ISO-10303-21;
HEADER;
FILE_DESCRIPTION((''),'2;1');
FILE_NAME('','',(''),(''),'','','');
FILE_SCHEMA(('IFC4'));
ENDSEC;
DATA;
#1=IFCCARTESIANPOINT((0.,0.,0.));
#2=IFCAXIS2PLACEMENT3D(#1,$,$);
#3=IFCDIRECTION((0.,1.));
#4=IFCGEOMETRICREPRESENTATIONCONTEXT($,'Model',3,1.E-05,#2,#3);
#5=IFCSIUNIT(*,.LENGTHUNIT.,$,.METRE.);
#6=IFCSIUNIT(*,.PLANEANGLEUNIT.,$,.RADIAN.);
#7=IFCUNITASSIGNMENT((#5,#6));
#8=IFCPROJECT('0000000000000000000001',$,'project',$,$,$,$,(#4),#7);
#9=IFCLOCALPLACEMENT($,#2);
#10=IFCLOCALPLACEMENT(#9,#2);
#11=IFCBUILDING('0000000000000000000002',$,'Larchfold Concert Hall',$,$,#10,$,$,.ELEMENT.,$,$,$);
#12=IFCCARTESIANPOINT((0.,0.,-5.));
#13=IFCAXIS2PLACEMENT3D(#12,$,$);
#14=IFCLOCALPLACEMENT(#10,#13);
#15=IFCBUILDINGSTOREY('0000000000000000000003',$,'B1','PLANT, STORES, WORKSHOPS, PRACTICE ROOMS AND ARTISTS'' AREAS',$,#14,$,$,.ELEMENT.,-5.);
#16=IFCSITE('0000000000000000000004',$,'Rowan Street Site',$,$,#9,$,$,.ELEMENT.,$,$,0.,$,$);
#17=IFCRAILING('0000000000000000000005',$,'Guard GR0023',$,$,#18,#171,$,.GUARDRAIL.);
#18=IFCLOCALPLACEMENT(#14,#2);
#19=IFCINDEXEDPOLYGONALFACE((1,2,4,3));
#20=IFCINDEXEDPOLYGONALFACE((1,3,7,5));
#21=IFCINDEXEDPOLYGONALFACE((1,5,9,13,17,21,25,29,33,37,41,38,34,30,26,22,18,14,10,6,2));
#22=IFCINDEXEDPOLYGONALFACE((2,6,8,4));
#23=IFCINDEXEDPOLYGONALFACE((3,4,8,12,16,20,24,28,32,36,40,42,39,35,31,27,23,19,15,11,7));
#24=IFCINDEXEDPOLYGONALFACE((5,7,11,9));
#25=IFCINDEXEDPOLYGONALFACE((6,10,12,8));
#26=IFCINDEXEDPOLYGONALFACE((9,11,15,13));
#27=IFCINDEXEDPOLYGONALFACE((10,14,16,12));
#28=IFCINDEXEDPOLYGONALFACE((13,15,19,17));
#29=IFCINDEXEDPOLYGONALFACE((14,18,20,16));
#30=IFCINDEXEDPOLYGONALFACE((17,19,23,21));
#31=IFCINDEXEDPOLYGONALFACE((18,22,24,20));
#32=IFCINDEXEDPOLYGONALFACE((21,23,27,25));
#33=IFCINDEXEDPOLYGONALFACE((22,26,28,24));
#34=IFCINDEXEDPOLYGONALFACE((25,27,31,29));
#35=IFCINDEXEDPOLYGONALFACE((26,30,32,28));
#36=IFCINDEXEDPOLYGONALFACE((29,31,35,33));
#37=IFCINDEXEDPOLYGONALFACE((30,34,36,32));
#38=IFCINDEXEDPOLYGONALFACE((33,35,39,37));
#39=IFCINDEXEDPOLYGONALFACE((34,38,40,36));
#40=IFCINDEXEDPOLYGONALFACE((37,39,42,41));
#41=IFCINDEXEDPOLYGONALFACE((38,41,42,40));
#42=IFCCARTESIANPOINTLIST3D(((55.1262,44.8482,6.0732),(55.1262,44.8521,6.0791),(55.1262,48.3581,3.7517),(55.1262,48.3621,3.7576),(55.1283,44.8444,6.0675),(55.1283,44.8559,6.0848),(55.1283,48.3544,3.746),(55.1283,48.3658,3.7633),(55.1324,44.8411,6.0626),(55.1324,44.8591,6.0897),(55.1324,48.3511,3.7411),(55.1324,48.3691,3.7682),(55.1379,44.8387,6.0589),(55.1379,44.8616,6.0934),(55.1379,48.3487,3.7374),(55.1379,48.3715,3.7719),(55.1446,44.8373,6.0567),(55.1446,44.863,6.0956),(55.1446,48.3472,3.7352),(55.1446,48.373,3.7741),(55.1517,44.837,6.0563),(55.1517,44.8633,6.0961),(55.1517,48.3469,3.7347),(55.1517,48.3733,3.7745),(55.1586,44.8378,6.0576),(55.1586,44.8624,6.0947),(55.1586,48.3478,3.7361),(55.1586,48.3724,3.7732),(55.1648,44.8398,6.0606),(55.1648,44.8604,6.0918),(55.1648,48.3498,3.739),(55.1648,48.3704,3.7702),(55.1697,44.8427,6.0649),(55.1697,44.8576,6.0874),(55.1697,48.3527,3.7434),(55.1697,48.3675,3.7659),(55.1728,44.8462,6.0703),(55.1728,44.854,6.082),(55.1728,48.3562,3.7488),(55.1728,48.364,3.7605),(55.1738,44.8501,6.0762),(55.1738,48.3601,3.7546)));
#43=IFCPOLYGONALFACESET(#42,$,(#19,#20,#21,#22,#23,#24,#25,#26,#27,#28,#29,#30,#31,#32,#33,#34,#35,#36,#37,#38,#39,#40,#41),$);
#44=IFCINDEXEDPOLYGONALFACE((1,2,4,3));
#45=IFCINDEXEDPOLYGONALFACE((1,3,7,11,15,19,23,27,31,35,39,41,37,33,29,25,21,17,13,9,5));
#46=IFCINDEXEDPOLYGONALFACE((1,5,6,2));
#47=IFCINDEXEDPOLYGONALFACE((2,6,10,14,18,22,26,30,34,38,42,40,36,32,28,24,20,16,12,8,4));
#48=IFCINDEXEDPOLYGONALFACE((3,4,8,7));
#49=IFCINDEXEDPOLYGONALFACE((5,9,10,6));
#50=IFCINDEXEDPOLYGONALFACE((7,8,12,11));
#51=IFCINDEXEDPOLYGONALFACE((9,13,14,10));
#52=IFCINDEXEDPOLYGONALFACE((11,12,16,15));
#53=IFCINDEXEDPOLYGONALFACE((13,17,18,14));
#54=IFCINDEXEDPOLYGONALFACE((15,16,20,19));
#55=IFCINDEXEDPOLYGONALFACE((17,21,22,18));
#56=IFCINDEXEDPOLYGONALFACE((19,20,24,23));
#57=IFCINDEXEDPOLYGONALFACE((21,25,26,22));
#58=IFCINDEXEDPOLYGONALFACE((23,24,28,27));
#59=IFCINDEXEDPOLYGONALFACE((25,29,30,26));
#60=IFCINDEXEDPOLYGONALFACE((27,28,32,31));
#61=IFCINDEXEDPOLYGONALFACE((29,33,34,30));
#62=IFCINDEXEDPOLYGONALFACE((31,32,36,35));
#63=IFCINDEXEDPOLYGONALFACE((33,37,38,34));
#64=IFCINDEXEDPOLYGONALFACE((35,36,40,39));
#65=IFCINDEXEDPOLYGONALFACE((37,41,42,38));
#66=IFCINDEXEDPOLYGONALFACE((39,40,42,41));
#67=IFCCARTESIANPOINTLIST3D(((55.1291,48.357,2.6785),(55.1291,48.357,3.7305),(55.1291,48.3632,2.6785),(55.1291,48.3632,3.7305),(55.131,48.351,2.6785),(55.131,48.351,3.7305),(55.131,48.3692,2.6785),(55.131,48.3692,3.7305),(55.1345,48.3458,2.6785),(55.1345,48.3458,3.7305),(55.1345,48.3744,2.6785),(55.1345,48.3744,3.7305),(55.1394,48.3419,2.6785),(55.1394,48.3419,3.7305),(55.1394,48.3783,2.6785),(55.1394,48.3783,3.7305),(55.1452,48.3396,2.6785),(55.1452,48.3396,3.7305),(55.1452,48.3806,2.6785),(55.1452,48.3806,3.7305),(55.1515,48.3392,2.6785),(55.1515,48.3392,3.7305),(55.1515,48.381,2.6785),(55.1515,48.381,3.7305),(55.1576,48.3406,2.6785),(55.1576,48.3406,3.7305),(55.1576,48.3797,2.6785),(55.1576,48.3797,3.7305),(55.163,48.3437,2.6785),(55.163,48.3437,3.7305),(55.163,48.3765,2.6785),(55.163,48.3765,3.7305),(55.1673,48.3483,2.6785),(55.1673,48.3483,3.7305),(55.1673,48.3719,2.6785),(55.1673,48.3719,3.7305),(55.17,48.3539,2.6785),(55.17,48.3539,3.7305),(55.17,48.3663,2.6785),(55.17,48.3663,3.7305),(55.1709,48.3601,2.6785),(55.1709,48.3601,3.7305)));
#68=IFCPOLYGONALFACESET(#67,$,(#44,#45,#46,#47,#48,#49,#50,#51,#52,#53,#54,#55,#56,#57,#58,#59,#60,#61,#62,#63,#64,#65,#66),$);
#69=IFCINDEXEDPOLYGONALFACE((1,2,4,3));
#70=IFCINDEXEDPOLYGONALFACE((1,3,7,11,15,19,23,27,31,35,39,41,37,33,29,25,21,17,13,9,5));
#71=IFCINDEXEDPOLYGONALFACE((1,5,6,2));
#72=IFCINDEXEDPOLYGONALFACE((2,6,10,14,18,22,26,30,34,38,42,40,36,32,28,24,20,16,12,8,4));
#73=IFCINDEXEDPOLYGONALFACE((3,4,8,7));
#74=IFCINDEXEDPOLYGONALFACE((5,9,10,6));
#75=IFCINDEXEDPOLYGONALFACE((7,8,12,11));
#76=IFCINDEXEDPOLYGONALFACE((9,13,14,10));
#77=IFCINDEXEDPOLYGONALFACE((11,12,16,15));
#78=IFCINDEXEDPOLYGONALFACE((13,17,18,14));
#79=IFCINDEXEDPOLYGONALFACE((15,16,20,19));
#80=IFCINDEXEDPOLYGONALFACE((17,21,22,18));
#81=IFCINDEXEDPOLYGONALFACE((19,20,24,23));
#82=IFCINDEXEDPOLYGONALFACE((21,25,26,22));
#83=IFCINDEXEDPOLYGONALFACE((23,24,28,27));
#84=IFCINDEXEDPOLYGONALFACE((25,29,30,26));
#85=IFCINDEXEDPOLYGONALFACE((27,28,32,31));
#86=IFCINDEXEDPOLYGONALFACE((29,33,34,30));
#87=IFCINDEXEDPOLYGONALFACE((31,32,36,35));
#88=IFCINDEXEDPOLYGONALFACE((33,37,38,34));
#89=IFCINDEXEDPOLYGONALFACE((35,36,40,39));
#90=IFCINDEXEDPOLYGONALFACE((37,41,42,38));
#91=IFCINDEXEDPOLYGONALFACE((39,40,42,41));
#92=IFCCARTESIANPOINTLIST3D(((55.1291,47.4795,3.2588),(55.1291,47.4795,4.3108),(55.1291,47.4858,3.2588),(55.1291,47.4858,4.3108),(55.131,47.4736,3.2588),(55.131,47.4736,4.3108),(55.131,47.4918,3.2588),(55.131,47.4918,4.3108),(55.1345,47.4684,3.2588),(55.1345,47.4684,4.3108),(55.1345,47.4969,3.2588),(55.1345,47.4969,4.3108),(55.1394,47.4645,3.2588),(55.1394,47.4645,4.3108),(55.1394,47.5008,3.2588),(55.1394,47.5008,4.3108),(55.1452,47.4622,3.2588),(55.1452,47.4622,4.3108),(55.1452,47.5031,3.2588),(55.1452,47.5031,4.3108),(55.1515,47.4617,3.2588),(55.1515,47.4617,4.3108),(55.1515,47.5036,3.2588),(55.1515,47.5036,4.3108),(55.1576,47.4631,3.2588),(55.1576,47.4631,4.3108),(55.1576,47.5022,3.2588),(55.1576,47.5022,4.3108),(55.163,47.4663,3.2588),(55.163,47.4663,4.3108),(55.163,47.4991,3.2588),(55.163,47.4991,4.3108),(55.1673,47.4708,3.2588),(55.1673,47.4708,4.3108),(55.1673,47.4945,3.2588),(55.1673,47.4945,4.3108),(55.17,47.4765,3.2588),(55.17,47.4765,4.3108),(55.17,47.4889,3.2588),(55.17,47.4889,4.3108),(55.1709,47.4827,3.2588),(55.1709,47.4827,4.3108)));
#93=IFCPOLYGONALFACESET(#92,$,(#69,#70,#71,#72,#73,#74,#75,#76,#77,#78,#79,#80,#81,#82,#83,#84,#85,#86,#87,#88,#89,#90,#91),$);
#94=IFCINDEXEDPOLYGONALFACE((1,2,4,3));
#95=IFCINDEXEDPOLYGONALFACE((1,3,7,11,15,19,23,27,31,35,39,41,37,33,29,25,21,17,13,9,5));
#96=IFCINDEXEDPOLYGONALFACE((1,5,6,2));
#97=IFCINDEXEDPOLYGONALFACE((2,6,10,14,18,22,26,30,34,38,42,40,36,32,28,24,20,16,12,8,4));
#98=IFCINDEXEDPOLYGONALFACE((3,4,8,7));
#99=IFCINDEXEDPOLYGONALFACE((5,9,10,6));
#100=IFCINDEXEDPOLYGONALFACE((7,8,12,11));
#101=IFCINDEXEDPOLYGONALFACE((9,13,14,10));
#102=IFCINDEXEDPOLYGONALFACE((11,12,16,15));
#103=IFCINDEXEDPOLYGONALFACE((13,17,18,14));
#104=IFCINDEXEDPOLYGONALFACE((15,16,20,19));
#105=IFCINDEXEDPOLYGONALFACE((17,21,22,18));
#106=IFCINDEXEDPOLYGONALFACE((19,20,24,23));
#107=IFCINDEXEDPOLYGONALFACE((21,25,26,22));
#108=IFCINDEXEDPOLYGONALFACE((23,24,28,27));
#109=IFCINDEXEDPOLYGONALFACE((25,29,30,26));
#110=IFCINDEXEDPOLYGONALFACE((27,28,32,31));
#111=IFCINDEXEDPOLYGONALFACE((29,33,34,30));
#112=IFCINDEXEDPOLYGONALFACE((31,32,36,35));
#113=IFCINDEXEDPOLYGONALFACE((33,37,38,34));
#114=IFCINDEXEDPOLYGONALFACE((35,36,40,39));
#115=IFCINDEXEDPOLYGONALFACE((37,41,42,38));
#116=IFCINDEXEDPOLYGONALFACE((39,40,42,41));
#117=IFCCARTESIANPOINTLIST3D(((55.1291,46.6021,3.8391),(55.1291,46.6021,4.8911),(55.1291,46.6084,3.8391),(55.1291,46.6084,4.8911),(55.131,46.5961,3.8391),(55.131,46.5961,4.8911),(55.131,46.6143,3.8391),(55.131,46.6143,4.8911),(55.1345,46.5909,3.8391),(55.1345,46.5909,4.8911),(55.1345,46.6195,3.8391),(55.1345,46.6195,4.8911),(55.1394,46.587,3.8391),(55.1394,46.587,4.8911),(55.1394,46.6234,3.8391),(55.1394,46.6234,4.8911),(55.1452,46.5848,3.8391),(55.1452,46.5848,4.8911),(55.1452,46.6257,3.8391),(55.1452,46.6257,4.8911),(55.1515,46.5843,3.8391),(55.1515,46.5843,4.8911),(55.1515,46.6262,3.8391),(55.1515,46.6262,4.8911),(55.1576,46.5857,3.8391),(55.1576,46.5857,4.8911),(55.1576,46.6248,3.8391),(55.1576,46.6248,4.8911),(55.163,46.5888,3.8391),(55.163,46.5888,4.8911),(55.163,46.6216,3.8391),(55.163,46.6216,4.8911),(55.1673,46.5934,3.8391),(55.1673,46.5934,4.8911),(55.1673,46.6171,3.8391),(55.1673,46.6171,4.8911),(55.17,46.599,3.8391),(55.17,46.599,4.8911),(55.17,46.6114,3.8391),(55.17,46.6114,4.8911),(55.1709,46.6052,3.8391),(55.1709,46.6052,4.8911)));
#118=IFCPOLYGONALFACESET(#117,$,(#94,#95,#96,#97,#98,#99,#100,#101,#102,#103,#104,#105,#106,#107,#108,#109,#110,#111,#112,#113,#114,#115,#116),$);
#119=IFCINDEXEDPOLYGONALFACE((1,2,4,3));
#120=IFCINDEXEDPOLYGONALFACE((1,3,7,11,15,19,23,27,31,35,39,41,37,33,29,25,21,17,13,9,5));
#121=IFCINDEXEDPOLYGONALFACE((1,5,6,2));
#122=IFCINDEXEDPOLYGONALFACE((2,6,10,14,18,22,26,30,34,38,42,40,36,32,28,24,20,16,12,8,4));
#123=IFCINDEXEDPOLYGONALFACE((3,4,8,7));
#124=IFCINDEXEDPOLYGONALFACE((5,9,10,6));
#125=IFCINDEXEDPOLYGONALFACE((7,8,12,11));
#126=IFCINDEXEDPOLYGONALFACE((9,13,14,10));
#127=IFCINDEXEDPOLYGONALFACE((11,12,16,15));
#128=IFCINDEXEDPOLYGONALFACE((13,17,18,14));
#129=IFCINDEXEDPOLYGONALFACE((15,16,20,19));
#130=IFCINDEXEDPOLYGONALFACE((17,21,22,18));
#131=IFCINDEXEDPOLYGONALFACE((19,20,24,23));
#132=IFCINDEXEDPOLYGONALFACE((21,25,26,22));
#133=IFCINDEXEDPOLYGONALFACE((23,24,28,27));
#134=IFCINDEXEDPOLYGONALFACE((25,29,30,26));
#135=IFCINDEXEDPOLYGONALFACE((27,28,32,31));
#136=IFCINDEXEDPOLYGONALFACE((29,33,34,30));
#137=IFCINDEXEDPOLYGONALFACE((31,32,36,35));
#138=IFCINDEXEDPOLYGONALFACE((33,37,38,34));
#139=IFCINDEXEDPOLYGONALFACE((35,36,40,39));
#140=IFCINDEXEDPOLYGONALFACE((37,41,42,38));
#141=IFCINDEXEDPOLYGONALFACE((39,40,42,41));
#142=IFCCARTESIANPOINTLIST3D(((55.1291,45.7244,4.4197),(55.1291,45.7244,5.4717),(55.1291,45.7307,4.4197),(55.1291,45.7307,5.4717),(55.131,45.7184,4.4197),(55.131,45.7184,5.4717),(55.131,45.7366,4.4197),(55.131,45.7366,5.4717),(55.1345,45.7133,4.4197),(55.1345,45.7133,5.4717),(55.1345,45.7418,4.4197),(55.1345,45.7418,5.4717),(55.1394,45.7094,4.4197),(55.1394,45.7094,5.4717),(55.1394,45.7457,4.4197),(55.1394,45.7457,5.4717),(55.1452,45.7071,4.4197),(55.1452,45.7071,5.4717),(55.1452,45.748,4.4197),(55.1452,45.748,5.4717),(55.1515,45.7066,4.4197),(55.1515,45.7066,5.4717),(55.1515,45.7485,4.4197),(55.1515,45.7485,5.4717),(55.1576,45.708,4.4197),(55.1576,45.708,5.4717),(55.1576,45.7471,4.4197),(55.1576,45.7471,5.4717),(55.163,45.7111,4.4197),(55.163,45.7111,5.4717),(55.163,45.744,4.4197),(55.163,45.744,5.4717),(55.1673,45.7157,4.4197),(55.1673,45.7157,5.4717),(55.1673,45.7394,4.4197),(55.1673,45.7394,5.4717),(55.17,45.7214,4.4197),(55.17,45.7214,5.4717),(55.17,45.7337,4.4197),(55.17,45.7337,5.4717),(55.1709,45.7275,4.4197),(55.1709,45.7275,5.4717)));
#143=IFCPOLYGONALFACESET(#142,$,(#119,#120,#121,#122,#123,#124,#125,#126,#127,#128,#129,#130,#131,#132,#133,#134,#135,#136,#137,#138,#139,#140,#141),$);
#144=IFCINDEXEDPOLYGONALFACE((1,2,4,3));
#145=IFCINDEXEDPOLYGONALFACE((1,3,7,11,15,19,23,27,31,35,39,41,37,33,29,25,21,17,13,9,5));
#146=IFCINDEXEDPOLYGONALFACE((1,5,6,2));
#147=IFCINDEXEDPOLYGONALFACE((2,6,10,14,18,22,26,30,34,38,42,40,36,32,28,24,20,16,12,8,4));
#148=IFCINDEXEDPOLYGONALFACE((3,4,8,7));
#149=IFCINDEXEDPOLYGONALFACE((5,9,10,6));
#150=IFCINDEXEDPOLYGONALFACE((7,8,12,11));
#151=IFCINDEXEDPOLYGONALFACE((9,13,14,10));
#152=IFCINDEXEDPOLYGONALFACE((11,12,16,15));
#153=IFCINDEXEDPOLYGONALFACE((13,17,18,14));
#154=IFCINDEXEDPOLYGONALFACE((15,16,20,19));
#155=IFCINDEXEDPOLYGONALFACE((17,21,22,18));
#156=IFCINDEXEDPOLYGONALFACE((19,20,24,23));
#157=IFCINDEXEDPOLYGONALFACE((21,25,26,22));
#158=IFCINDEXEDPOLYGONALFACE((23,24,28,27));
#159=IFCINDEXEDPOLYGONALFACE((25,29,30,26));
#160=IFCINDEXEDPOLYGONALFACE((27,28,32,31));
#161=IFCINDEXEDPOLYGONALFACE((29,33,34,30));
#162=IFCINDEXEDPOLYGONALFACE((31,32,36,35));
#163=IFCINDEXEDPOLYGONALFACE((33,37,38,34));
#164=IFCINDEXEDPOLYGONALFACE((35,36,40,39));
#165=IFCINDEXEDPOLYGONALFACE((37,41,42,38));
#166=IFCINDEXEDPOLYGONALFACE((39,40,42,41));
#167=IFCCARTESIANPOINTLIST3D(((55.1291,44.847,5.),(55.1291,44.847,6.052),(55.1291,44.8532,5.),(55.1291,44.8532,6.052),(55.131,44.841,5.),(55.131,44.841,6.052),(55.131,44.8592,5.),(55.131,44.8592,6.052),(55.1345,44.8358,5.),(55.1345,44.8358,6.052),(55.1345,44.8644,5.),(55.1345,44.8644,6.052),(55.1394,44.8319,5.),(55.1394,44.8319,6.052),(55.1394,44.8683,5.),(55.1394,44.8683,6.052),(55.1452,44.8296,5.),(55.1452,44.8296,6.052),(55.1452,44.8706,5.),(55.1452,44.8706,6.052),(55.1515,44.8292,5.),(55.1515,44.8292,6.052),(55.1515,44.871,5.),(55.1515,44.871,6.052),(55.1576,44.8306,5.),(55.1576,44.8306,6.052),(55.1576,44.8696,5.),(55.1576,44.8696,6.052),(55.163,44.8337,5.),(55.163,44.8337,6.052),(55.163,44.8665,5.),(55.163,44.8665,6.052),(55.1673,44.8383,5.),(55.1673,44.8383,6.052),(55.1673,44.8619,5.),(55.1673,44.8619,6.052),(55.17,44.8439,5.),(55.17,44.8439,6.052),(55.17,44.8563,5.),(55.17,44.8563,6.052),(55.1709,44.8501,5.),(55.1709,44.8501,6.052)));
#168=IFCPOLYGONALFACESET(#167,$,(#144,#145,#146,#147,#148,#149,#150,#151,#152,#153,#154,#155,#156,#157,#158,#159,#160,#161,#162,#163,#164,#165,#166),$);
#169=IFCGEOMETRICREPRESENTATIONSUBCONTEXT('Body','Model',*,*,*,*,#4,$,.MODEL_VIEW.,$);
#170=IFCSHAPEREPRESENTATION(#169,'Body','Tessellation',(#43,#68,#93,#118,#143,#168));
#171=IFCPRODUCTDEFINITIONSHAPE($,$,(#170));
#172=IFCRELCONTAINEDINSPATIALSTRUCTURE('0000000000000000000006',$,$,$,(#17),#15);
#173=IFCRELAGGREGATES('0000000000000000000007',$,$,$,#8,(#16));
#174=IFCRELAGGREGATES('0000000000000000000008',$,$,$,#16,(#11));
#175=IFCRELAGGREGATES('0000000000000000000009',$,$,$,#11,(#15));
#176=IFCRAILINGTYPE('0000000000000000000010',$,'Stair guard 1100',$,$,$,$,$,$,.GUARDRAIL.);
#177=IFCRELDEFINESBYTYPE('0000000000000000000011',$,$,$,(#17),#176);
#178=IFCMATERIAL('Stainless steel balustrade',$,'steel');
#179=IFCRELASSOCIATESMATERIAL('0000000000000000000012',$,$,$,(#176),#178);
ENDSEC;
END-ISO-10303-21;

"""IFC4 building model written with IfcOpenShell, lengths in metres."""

from ifc_helpers import new_model, si_unit, direction, frame, origin, origin_2d, place, context, subcontext, project, spatial, circle, extrude, material, type_object, element, save


model = new_model("IFC4")

# Units and contexts
model_context = context("Model", 3, precision=1e-05, world=origin(), true_north=direction((0.0, 1.0)))
body_context = subcontext(model_context, "Body", "Model", "MODEL_VIEW")
ifc_project = project(units=[si_unit("LENGTHUNIT", "METRE"), si_unit("PLANEANGLEUNIT", "RADIAN")], contexts=[model_context])

# Site, building, storey
site_placement = place(None, origin())
site = spatial("IfcSite", under=ifc_project, at=site_placement, Name="Rowan Street Site", CompositionType="ELEMENT", RefElevation=0.0)
building_placement = place(site_placement, origin())
building = spatial("IfcBuilding", under=site, at=building_placement, Name="Larchfold Concert Hall", CompositionType="ELEMENT")
storey_placement = place(building_placement, frame((0.0, 0.0, -5.0)))
storey = spatial("IfcBuildingStorey", under=building, at=storey_placement, Name="B1", Description="PLANT, STORES, WORKSHOPS, PRACTICE ROOMS AND ARTISTS' AREAS", CompositionType="ELEMENT", Elevation=-5.0)

# Railing
ifc_material_1 = material(Name="Stainless steel balustrade", Category="steel")
railing_type_1 = type_object("IfcRailingType", Name="Stair guard 1100", PredefinedType="GUARDRAIL", material=ifc_material_1)
railing_1_placement = place(storey_placement, frame((55.1499, 48.3601, 2.6785)))
element("IfcRailing", 1, at=railing_1_placement, inside=storey, type_object=railing_type_1, Name="Guard GR0023", PredefinedType="GUARDRAIL", context=body_context, shape_type="SweptSolid", body=[
    extrude(circle(Radius=0.0239, at=origin_2d()), frame((0.0, 0.0, 1.0762), z_axis=(0.0, -0.834071, 0.551657), x_axis=(1.0, 0.0, 0.0)), (0.0, 0.0, 1.0), 4.2083),
    extrude(circle(Radius=0.021, at=origin_2d()), origin(), (0.0, 0.0, 1.0), 1.052),
    extrude(circle(Radius=0.021, at=origin_2d()), frame((0.0, -0.8774, 0.5803)), (0.0, 0.0, 1.0), 1.052),
    extrude(circle(Radius=0.021, at=origin_2d()), frame((0.0, -1.7549, 1.1606)), (0.0, 0.0, 1.0), 1.052),
    extrude(circle(Radius=0.021, at=origin_2d()), frame((0.0, -2.6326, 1.7412)), (0.0, 0.0, 1.0), 1.052),
    extrude(circle(Radius=0.021, at=origin_2d()), frame((0.0, -3.51, 2.3215)), (0.0, 0.0, 1.0), 1.052),
])

save(model, "model.ifc")
